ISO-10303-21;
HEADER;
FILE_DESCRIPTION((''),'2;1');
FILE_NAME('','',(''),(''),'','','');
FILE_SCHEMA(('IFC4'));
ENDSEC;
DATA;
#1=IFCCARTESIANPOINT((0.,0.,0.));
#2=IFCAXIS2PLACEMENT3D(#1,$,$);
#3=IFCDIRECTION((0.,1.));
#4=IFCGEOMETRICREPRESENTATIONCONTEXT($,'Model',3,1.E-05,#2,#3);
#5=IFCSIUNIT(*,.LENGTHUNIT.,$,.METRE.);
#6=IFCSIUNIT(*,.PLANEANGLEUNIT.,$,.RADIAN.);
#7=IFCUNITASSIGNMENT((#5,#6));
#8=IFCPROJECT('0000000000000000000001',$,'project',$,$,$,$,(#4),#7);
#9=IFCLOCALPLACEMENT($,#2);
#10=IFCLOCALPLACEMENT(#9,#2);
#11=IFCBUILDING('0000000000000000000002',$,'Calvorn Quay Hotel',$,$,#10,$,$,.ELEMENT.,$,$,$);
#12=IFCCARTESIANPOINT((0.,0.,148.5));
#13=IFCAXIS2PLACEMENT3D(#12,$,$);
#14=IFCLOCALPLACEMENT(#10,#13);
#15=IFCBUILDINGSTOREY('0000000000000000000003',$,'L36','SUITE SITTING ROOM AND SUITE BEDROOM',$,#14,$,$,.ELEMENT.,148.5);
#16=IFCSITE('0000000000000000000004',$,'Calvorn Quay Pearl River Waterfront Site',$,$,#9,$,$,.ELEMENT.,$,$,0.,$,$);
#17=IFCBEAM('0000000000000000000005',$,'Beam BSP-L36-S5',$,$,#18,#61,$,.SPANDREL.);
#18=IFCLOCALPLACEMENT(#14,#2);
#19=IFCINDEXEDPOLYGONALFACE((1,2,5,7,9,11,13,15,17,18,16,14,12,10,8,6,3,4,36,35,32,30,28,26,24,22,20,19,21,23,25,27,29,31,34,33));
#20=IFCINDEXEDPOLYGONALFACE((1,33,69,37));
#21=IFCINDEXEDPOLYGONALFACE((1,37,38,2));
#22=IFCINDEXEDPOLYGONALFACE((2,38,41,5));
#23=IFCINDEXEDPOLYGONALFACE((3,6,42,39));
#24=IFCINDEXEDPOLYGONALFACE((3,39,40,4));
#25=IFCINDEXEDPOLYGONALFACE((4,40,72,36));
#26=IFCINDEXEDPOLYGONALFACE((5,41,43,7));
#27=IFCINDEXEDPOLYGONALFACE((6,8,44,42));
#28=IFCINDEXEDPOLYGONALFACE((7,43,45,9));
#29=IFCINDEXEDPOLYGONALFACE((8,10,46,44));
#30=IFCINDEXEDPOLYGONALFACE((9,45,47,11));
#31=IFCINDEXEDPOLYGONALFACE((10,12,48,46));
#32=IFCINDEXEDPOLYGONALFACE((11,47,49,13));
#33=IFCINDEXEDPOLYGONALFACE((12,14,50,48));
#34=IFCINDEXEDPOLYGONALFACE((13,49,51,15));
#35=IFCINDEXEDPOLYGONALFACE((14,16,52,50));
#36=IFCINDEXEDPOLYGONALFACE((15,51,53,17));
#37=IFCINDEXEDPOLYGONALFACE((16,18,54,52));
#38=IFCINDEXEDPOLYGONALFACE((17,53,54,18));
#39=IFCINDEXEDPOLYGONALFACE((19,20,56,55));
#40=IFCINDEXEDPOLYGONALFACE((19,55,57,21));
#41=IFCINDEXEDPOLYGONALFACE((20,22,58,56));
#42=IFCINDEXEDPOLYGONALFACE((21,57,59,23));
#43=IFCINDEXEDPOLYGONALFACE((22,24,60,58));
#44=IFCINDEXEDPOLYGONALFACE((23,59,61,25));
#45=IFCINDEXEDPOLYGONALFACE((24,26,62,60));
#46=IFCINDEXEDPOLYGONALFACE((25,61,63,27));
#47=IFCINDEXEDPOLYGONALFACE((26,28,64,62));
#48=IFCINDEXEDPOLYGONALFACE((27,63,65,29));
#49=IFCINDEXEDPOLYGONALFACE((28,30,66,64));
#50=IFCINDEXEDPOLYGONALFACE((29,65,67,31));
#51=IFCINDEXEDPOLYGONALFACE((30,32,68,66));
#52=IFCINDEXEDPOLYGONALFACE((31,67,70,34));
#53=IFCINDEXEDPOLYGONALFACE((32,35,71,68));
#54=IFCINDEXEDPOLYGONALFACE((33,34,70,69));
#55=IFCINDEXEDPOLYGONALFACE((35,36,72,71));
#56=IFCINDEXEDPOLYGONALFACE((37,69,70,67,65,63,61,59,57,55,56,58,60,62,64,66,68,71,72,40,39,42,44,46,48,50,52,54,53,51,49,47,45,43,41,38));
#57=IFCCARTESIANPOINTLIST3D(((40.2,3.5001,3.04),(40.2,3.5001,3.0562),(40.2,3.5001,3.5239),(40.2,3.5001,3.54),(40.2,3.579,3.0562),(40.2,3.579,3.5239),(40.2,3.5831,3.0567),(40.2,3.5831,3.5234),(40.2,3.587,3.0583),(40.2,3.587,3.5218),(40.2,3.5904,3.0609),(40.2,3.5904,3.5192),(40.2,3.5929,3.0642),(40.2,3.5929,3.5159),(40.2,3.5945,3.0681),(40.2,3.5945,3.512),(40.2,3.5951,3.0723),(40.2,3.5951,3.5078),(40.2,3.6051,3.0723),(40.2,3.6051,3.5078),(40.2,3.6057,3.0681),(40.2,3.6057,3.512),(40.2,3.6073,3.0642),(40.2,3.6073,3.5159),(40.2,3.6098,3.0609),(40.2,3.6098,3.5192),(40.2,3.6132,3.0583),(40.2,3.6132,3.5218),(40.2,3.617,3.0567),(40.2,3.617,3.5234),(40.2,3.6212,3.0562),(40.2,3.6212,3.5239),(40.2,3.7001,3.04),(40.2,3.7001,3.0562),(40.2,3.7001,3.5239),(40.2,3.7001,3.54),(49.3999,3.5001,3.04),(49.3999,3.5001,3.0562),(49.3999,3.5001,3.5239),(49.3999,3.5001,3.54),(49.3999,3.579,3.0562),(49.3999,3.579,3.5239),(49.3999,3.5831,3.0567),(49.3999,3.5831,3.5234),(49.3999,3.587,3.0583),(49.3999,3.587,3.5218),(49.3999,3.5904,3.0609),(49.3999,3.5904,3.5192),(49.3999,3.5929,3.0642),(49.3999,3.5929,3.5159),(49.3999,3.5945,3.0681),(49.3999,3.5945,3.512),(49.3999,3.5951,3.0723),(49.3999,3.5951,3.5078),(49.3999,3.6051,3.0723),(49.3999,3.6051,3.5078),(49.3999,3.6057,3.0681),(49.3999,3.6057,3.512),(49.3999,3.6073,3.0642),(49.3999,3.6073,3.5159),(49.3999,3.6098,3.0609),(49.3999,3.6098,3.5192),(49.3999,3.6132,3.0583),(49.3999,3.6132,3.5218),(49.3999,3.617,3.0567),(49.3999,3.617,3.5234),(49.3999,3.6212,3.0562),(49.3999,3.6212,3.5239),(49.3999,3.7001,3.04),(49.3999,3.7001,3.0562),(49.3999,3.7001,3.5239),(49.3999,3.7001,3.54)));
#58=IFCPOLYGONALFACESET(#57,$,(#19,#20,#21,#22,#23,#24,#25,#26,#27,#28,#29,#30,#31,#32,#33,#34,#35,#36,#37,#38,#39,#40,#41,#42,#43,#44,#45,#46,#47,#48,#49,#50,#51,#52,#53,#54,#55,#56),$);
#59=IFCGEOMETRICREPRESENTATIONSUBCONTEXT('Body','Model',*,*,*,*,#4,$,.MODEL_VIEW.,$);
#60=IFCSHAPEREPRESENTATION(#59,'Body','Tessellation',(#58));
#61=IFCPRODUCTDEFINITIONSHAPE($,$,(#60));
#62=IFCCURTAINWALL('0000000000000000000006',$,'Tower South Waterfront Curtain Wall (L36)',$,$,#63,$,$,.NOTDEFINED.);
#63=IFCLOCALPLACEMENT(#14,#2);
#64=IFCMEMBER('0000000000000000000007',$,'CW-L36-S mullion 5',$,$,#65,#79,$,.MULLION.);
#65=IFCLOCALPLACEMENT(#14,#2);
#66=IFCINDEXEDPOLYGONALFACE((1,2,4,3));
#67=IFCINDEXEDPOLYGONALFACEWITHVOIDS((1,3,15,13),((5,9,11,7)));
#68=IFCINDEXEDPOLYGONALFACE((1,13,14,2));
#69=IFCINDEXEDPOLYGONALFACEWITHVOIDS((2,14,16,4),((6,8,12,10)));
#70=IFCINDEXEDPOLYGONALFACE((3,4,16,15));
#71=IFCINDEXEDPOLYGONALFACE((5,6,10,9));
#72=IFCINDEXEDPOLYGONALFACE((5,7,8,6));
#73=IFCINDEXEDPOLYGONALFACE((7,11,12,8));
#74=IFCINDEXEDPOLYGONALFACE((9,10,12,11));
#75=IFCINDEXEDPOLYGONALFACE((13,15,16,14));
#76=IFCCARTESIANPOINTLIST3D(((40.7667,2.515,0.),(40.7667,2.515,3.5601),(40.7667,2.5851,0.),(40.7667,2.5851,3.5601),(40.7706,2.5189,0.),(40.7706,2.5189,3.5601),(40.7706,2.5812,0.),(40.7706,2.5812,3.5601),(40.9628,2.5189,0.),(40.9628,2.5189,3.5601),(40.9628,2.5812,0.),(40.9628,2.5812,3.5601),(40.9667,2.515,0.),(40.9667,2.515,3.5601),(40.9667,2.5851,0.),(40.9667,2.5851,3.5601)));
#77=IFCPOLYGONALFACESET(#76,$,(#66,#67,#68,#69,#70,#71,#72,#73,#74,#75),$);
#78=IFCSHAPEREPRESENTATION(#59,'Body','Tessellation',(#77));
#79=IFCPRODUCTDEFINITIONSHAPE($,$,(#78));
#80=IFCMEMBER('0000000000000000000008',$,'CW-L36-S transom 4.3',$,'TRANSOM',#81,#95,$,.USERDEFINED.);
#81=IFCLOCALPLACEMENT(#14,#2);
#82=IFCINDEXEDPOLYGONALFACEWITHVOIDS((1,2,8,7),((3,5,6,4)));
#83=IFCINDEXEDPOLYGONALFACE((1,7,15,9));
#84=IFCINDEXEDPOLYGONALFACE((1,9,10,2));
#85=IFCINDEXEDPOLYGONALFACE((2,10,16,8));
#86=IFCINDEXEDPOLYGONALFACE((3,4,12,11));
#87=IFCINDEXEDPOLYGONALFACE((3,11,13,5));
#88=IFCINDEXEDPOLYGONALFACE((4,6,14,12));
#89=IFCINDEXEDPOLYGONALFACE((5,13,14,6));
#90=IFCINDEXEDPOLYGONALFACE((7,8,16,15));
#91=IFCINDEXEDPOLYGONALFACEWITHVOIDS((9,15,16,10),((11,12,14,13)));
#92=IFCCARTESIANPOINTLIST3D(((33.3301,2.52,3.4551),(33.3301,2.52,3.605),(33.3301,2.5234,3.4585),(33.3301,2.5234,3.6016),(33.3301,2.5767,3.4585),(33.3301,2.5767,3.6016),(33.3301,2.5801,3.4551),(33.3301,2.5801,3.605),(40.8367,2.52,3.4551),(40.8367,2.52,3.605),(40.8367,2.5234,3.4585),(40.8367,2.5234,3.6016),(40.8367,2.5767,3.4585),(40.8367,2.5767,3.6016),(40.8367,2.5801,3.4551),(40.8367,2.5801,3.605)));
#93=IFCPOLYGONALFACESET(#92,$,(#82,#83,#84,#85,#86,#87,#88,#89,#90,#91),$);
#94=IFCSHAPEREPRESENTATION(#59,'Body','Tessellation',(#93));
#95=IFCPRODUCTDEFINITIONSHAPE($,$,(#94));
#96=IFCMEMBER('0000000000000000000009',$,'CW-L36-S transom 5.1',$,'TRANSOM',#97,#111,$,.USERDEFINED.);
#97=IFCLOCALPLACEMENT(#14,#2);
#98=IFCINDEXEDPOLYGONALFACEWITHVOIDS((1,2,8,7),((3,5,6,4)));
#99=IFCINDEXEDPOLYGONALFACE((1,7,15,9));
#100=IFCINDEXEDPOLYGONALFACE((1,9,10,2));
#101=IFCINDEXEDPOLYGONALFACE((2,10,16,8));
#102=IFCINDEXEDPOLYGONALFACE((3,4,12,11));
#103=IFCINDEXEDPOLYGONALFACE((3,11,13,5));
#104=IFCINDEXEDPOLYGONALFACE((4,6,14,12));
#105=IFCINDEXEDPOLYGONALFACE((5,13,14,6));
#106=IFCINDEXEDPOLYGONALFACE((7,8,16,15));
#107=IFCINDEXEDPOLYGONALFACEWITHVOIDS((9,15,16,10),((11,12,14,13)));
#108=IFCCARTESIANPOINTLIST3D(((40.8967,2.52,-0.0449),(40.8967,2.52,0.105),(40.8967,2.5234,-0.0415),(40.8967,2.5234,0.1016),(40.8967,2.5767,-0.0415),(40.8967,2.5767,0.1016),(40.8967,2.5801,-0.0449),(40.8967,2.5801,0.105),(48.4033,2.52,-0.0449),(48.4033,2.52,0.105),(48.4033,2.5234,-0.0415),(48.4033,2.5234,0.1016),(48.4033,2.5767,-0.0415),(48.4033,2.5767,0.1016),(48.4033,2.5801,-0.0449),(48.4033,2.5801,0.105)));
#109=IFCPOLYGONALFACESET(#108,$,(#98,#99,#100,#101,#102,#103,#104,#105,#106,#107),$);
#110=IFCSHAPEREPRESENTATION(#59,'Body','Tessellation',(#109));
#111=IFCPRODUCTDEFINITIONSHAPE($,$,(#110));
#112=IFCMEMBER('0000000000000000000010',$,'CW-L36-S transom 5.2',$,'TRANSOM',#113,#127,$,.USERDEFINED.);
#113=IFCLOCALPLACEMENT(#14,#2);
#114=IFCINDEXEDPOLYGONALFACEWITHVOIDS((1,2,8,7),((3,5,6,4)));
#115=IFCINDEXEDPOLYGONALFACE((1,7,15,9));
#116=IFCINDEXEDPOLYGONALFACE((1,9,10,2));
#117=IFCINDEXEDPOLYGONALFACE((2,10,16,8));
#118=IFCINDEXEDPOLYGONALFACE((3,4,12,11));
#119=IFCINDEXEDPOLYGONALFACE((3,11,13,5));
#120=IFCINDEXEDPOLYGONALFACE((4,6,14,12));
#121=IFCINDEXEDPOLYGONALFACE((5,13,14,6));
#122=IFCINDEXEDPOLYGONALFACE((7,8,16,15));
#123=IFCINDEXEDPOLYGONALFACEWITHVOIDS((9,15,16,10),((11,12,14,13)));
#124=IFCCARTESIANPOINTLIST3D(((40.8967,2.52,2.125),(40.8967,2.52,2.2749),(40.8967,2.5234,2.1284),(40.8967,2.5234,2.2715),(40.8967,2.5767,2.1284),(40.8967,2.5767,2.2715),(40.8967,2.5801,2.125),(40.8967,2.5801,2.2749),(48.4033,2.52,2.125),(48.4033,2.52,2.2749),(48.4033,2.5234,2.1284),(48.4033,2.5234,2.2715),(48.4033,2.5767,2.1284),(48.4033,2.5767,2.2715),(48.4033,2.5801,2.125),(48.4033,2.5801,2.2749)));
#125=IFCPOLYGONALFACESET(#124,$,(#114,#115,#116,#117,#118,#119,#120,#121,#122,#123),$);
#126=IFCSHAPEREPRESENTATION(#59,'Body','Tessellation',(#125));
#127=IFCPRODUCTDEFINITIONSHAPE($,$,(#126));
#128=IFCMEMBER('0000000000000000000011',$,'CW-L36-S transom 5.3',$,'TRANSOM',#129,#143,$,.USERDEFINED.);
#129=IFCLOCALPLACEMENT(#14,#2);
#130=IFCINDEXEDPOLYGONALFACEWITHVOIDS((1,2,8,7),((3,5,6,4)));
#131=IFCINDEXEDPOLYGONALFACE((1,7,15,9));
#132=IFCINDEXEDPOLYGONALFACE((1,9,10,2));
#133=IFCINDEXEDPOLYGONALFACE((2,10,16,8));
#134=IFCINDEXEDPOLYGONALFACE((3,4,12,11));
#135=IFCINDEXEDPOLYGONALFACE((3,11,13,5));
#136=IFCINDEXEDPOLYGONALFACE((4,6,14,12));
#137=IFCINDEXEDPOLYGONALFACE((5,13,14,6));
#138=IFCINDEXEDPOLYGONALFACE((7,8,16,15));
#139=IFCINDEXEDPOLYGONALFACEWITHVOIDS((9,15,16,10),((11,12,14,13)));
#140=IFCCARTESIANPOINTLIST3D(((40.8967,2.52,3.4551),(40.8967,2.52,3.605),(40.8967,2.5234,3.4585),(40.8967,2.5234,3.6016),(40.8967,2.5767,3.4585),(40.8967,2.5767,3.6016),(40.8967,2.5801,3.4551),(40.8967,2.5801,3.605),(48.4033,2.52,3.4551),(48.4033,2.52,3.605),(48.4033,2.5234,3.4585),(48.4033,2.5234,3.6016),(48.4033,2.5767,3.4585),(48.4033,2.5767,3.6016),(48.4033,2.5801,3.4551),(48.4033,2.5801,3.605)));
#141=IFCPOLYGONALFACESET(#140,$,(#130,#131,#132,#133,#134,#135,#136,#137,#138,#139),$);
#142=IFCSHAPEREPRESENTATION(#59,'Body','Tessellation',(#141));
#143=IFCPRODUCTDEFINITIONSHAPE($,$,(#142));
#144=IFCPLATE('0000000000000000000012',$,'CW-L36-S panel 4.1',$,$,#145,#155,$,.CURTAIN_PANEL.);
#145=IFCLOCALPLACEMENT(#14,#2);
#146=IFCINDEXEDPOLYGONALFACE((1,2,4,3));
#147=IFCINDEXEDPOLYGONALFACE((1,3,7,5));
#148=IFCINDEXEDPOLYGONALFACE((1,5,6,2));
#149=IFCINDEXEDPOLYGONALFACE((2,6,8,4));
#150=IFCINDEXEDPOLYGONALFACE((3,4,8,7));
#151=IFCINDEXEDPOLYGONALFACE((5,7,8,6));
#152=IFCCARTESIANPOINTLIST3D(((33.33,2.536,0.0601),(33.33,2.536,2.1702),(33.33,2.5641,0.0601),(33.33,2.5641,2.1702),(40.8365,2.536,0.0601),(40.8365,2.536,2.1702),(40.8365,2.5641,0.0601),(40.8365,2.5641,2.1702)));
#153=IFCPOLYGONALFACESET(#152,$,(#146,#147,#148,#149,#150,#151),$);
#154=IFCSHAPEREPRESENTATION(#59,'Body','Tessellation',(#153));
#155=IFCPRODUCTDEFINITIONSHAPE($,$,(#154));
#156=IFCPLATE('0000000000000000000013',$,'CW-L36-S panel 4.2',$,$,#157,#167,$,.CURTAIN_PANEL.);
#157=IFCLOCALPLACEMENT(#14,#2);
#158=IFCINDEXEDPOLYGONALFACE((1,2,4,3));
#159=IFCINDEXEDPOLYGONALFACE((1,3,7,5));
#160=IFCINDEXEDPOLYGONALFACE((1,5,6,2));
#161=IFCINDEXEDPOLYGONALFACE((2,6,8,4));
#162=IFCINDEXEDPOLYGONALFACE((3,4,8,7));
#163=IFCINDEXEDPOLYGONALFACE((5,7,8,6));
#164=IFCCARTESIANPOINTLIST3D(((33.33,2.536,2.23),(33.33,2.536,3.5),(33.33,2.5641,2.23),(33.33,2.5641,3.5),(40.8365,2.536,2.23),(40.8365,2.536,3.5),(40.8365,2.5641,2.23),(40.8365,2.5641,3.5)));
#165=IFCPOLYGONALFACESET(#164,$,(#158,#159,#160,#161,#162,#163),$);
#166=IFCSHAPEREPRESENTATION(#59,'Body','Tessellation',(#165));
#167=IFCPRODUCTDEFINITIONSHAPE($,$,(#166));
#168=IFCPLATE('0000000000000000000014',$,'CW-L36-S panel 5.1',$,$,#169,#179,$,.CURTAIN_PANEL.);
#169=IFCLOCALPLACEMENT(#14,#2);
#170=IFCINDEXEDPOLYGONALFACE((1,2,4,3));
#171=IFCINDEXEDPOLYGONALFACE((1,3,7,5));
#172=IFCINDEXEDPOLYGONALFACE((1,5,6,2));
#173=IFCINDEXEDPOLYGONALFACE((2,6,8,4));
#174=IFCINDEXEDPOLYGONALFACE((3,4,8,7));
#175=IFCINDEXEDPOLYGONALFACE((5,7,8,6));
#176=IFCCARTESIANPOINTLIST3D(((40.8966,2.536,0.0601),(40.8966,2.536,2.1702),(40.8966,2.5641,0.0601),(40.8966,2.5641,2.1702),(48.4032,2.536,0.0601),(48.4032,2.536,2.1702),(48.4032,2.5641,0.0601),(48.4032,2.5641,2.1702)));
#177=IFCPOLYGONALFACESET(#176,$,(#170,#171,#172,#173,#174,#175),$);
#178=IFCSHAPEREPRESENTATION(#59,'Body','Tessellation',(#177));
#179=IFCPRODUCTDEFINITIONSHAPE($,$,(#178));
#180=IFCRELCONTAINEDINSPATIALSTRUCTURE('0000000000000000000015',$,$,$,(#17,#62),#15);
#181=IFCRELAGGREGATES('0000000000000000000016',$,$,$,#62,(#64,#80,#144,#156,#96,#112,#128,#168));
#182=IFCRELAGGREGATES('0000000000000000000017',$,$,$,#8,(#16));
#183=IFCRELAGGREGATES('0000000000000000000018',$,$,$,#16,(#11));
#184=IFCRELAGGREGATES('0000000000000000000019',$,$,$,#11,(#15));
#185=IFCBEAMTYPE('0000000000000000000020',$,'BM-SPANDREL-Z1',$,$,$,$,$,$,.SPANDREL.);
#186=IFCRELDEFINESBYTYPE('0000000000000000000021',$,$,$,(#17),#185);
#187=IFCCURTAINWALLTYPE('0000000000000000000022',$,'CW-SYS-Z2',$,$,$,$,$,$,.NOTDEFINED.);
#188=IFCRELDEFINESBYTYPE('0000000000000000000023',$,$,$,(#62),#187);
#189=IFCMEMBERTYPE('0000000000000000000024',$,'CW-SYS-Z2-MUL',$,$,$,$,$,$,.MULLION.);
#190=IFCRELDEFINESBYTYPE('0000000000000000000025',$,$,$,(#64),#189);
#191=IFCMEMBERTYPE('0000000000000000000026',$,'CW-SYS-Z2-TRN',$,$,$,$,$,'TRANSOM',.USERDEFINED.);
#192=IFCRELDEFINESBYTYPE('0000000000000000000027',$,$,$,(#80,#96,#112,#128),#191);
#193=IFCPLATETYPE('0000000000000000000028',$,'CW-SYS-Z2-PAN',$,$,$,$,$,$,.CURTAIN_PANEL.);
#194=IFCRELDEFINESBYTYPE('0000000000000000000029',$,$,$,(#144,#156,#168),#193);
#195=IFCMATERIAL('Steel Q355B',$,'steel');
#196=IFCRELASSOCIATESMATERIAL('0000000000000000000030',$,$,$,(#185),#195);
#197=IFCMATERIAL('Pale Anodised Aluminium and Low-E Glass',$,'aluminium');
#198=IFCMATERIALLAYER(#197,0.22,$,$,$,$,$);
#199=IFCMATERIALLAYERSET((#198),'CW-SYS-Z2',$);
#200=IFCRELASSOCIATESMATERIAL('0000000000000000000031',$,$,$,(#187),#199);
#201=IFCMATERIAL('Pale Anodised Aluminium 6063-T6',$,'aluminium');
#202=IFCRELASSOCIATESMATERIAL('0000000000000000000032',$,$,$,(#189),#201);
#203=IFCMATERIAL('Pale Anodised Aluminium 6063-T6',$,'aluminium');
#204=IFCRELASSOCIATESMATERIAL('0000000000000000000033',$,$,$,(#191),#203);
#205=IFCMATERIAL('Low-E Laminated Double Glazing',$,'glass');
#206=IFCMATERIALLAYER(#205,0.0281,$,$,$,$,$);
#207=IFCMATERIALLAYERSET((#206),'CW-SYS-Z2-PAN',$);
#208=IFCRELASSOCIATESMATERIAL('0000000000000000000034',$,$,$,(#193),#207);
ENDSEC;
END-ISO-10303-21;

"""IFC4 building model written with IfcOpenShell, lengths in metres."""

from ifc_helpers import new_model, si_unit, direction, frame, origin, origin_2d, place, context, subcontext, project, spatial, rectangle, hollow_rectangle, i_section, extrude, material, layer, layer_set, material_profile, profile_set, type_object, element, aggregate, save


model = new_model("IFC4")

# Units and contexts
model_context = context("Model", 3, precision=1e-05, world=origin(), true_north=direction((0.0, 1.0)))
body_context = subcontext(model_context, "Body", "Model", "MODEL_VIEW")
ifc_project = project(units=[si_unit("LENGTHUNIT", "METRE"), si_unit("PLANEANGLEUNIT", "RADIAN")], contexts=[model_context])

# Site, building, storey
site_placement = place(None, origin())
site = spatial("IfcSite", under=ifc_project, at=site_placement, Name="Calvorn Quay Pearl River Waterfront Site", CompositionType="ELEMENT", RefElevation=0.0)
building_placement = place(site_placement, origin())
building = spatial("IfcBuilding", under=site, at=building_placement, Name="Calvorn Quay Hotel", CompositionType="ELEMENT")
storey_placement = place(building_placement, frame((0.0, 0.0, 148.5)))
storey = spatial("IfcBuildingStorey", under=building, at=storey_placement, Name="L36", Description="SUITE SITTING ROOM AND SUITE BEDROOM", CompositionType="ELEMENT", Elevation=148.5)

# Beam
ifc_material_1 = material(Name="Steel Q355B", Category="steel")
ifc_material_profile_1 = material_profile(ifc_material_1, i_section(OverallWidth=0.2, OverallDepth=0.5, WebThickness=0.01, FlangeThickness=0.0161, FilletRadius=0.0161, at=origin_2d()), Name="HN500x200x10x16")
ifc_profile_set_1 = profile_set([ifc_material_profile_1], Name="Steel Q355B")
beam_type_1 = type_object("IfcBeamType", Name="BM-SPANDREL-Z1", PredefinedType="SPANDREL", material=ifc_profile_set_1)
beam_1_placement = place(storey_placement, frame((40.2, 3.6001, 3.29), z_axis=(1.0, 0.0, 0.0), x_axis=(0.0, 1.0, 0.0)))
element("IfcBeam", 1, at=beam_1_placement, inside=storey, type_object=beam_type_1, Name="Beam BSP-L36-S5", PredefinedType="SPANDREL", context=body_context, shape_type="SweptSolid", body=[
    extrude(i_section(OverallWidth=0.2, OverallDepth=0.5, WebThickness=0.01, FlangeThickness=0.0161, FilletRadius=0.0161, at=origin_2d()), origin(), (0.0, 0.0, 1.0), 9.2),
])

# Curtain wall, members, plates
ifc_material_2 = material(Name="Pale Anodised Aluminium and Low-E Glass", Category="aluminium")
ifc_layer_1 = layer(ifc_material_2, 0.22)
ifc_layer_set_1 = layer_set([ifc_layer_1], Name="CW-SYS-Z2")
curtain_wall_type = type_object("IfcCurtainWallType", Name="CW-SYS-Z2", PredefinedType="NOTDEFINED", material=ifc_layer_set_1)
curtain_wall_placement = place(storey_placement, origin())
curtain_wall = element("IfcCurtainWall", 2, at=curtain_wall_placement, inside=storey, type_object=curtain_wall_type, Name="Tower South Waterfront Curtain Wall (L36)", PredefinedType="NOTDEFINED")
ifc_material_3 = material(Name="Pale Anodised Aluminium 6063-T6", Category="aluminium")
ifc_material_profile_2 = material_profile(ifc_material_3, hollow_rectangle(XDim=0.0701, YDim=0.2, WallThickness=0.0039, at=origin_2d()), Name="ALU-M200x70x4")
ifc_profile_set_2 = profile_set([ifc_material_profile_2], Name="Pale Anodised Aluminium 6063-T6")
member_type_1 = type_object("IfcMemberType", Name="CW-SYS-Z2-MUL", PredefinedType="MULLION", material=ifc_profile_set_2)
member_1_placement = place(storey_placement, frame((40.8667, 2.55, 0.0), z_axis=(0.0, 0.0, 1.0), x_axis=(0.0, 1.0, 0.0)))
member_1 = element("IfcMember", 3, at=member_1_placement, type_object=member_type_1, Name="CW-L36-S mullion 5", PredefinedType="MULLION", context=body_context, shape_type="SweptSolid", body=[
    extrude(hollow_rectangle(XDim=0.0701, YDim=0.2, WallThickness=0.0039, at=origin_2d()), origin(), (0.0, 0.0, 1.0), 3.5601),
])
ifc_material_4 = material(Name="Pale Anodised Aluminium 6063-T6", Category="aluminium")
ifc_material_profile_3 = material_profile(ifc_material_4, hollow_rectangle(XDim=0.0601, YDim=0.1499, WallThickness=0.0034, at=origin_2d()), Name="ALU-T150x60x3.5")
ifc_profile_set_3 = profile_set([ifc_material_profile_3], Name="Pale Anodised Aluminium 6063-T6")
member_type_2 = type_object("IfcMemberType", Name="CW-SYS-Z2-TRN", ElementType="TRANSOM", PredefinedType="USERDEFINED", material=ifc_profile_set_3)
member_2_placement = place(storey_placement, frame((33.3301, 2.55, 3.53), z_axis=(1.0, 0.0, 0.0), x_axis=(0.0, 1.0, 0.0)))
member_2 = element("IfcMember", 4, at=member_2_placement, type_object=member_type_2, Name="CW-L36-S transom 4.3", ObjectType="TRANSOM", PredefinedType="USERDEFINED", context=body_context, shape_type="SweptSolid", body=[
    extrude(hollow_rectangle(XDim=0.0601, YDim=0.1499, WallThickness=0.0034, at=origin_2d()), origin(), (0.0, 0.0, 1.0), 7.5066),
])
member_3_placement = place(storey_placement, frame((40.8967, 2.55, 0.03), z_axis=(1.0, 0.0, 0.0), x_axis=(0.0, 1.0, 0.0)))
member_3 = element("IfcMember", 5, at=member_3_placement, type_object=member_type_2, Name="CW-L36-S transom 5.1", ObjectType="TRANSOM", PredefinedType="USERDEFINED", context=body_context, shape_type="SweptSolid", body=[
    extrude(hollow_rectangle(XDim=0.0601, YDim=0.1499, WallThickness=0.0034, at=origin_2d()), origin(), (0.0, 0.0, 1.0), 7.5066),
])
member_4_placement = place(storey_placement, frame((40.8967, 2.55, 2.2), z_axis=(1.0, 0.0, 0.0), x_axis=(0.0, 1.0, 0.0)))
member_4 = element("IfcMember", 6, at=member_4_placement, type_object=member_type_2, Name="CW-L36-S transom 5.2", ObjectType="TRANSOM", PredefinedType="USERDEFINED", context=body_context, shape_type="SweptSolid", body=[
    extrude(hollow_rectangle(XDim=0.0601, YDim=0.1499, WallThickness=0.0034, at=origin_2d()), origin(), (0.0, 0.0, 1.0), 7.5066),
])
member_5_placement = place(storey_placement, frame((40.8967, 2.55, 3.53), z_axis=(1.0, 0.0, 0.0), x_axis=(0.0, 1.0, 0.0)))
member_5 = element("IfcMember", 7, at=member_5_placement, type_object=member_type_2, Name="CW-L36-S transom 5.3", ObjectType="TRANSOM", PredefinedType="USERDEFINED", context=body_context, shape_type="SweptSolid", body=[
    extrude(hollow_rectangle(XDim=0.0601, YDim=0.1499, WallThickness=0.0034, at=origin_2d()), origin(), (0.0, 0.0, 1.0), 7.5066),
])
ifc_material_5 = material(Name="Low-E Laminated Double Glazing", Category="glass")
ifc_layer_2 = layer(ifc_material_5, 0.0281)
ifc_layer_set_2 = layer_set([ifc_layer_2], Name="CW-SYS-Z2-PAN")
plate_type = type_object("IfcPlateType", Name="CW-SYS-Z2-PAN", PredefinedType="CURTAIN_PANEL", material=ifc_layer_set_2)
plate_1_placement = place(storey_placement, frame((37.0833, 2.55, 0.0601), z_axis=(0.0, 0.0, 1.0), x_axis=(1.0, 0.0, 0.0)))
plate_1 = element("IfcPlate", 8, at=plate_1_placement, type_object=plate_type, Name="CW-L36-S panel 4.1", PredefinedType="CURTAIN_PANEL", context=body_context, shape_type="SweptSolid", body=[
    extrude(rectangle(XDim=7.5066, YDim=0.0281, at=origin_2d()), origin(), (0.0, 0.0, 1.0), 2.1101),
])
plate_2_placement = place(storey_placement, frame((37.0833, 2.55, 2.23), z_axis=(0.0, 0.0, 1.0), x_axis=(1.0, 0.0, 0.0)))
plate_2 = element("IfcPlate", 9, at=plate_2_placement, type_object=plate_type, Name="CW-L36-S panel 4.2", PredefinedType="CURTAIN_PANEL", context=body_context, shape_type="SweptSolid", body=[
    extrude(rectangle(XDim=7.5066, YDim=0.0281, at=origin_2d()), origin(), (0.0, 0.0, 1.0), 1.27),
])
plate_3_placement = place(storey_placement, frame((44.6499, 2.55, 0.0601), z_axis=(0.0, 0.0, 1.0), x_axis=(1.0, 0.0, 0.0)))
plate_3 = element("IfcPlate", 10, at=plate_3_placement, type_object=plate_type, Name="CW-L36-S panel 5.1", PredefinedType="CURTAIN_PANEL", context=body_context, shape_type="SweptSolid", body=[
    extrude(rectangle(XDim=7.5066, YDim=0.0281, at=origin_2d()), origin(), (0.0, 0.0, 1.0), 2.1101),
])
aggregate(curtain_wall, [member_1, member_2, plate_1, plate_2, member_3, member_4, member_5, plate_3])

save(model, "model.ifc")
